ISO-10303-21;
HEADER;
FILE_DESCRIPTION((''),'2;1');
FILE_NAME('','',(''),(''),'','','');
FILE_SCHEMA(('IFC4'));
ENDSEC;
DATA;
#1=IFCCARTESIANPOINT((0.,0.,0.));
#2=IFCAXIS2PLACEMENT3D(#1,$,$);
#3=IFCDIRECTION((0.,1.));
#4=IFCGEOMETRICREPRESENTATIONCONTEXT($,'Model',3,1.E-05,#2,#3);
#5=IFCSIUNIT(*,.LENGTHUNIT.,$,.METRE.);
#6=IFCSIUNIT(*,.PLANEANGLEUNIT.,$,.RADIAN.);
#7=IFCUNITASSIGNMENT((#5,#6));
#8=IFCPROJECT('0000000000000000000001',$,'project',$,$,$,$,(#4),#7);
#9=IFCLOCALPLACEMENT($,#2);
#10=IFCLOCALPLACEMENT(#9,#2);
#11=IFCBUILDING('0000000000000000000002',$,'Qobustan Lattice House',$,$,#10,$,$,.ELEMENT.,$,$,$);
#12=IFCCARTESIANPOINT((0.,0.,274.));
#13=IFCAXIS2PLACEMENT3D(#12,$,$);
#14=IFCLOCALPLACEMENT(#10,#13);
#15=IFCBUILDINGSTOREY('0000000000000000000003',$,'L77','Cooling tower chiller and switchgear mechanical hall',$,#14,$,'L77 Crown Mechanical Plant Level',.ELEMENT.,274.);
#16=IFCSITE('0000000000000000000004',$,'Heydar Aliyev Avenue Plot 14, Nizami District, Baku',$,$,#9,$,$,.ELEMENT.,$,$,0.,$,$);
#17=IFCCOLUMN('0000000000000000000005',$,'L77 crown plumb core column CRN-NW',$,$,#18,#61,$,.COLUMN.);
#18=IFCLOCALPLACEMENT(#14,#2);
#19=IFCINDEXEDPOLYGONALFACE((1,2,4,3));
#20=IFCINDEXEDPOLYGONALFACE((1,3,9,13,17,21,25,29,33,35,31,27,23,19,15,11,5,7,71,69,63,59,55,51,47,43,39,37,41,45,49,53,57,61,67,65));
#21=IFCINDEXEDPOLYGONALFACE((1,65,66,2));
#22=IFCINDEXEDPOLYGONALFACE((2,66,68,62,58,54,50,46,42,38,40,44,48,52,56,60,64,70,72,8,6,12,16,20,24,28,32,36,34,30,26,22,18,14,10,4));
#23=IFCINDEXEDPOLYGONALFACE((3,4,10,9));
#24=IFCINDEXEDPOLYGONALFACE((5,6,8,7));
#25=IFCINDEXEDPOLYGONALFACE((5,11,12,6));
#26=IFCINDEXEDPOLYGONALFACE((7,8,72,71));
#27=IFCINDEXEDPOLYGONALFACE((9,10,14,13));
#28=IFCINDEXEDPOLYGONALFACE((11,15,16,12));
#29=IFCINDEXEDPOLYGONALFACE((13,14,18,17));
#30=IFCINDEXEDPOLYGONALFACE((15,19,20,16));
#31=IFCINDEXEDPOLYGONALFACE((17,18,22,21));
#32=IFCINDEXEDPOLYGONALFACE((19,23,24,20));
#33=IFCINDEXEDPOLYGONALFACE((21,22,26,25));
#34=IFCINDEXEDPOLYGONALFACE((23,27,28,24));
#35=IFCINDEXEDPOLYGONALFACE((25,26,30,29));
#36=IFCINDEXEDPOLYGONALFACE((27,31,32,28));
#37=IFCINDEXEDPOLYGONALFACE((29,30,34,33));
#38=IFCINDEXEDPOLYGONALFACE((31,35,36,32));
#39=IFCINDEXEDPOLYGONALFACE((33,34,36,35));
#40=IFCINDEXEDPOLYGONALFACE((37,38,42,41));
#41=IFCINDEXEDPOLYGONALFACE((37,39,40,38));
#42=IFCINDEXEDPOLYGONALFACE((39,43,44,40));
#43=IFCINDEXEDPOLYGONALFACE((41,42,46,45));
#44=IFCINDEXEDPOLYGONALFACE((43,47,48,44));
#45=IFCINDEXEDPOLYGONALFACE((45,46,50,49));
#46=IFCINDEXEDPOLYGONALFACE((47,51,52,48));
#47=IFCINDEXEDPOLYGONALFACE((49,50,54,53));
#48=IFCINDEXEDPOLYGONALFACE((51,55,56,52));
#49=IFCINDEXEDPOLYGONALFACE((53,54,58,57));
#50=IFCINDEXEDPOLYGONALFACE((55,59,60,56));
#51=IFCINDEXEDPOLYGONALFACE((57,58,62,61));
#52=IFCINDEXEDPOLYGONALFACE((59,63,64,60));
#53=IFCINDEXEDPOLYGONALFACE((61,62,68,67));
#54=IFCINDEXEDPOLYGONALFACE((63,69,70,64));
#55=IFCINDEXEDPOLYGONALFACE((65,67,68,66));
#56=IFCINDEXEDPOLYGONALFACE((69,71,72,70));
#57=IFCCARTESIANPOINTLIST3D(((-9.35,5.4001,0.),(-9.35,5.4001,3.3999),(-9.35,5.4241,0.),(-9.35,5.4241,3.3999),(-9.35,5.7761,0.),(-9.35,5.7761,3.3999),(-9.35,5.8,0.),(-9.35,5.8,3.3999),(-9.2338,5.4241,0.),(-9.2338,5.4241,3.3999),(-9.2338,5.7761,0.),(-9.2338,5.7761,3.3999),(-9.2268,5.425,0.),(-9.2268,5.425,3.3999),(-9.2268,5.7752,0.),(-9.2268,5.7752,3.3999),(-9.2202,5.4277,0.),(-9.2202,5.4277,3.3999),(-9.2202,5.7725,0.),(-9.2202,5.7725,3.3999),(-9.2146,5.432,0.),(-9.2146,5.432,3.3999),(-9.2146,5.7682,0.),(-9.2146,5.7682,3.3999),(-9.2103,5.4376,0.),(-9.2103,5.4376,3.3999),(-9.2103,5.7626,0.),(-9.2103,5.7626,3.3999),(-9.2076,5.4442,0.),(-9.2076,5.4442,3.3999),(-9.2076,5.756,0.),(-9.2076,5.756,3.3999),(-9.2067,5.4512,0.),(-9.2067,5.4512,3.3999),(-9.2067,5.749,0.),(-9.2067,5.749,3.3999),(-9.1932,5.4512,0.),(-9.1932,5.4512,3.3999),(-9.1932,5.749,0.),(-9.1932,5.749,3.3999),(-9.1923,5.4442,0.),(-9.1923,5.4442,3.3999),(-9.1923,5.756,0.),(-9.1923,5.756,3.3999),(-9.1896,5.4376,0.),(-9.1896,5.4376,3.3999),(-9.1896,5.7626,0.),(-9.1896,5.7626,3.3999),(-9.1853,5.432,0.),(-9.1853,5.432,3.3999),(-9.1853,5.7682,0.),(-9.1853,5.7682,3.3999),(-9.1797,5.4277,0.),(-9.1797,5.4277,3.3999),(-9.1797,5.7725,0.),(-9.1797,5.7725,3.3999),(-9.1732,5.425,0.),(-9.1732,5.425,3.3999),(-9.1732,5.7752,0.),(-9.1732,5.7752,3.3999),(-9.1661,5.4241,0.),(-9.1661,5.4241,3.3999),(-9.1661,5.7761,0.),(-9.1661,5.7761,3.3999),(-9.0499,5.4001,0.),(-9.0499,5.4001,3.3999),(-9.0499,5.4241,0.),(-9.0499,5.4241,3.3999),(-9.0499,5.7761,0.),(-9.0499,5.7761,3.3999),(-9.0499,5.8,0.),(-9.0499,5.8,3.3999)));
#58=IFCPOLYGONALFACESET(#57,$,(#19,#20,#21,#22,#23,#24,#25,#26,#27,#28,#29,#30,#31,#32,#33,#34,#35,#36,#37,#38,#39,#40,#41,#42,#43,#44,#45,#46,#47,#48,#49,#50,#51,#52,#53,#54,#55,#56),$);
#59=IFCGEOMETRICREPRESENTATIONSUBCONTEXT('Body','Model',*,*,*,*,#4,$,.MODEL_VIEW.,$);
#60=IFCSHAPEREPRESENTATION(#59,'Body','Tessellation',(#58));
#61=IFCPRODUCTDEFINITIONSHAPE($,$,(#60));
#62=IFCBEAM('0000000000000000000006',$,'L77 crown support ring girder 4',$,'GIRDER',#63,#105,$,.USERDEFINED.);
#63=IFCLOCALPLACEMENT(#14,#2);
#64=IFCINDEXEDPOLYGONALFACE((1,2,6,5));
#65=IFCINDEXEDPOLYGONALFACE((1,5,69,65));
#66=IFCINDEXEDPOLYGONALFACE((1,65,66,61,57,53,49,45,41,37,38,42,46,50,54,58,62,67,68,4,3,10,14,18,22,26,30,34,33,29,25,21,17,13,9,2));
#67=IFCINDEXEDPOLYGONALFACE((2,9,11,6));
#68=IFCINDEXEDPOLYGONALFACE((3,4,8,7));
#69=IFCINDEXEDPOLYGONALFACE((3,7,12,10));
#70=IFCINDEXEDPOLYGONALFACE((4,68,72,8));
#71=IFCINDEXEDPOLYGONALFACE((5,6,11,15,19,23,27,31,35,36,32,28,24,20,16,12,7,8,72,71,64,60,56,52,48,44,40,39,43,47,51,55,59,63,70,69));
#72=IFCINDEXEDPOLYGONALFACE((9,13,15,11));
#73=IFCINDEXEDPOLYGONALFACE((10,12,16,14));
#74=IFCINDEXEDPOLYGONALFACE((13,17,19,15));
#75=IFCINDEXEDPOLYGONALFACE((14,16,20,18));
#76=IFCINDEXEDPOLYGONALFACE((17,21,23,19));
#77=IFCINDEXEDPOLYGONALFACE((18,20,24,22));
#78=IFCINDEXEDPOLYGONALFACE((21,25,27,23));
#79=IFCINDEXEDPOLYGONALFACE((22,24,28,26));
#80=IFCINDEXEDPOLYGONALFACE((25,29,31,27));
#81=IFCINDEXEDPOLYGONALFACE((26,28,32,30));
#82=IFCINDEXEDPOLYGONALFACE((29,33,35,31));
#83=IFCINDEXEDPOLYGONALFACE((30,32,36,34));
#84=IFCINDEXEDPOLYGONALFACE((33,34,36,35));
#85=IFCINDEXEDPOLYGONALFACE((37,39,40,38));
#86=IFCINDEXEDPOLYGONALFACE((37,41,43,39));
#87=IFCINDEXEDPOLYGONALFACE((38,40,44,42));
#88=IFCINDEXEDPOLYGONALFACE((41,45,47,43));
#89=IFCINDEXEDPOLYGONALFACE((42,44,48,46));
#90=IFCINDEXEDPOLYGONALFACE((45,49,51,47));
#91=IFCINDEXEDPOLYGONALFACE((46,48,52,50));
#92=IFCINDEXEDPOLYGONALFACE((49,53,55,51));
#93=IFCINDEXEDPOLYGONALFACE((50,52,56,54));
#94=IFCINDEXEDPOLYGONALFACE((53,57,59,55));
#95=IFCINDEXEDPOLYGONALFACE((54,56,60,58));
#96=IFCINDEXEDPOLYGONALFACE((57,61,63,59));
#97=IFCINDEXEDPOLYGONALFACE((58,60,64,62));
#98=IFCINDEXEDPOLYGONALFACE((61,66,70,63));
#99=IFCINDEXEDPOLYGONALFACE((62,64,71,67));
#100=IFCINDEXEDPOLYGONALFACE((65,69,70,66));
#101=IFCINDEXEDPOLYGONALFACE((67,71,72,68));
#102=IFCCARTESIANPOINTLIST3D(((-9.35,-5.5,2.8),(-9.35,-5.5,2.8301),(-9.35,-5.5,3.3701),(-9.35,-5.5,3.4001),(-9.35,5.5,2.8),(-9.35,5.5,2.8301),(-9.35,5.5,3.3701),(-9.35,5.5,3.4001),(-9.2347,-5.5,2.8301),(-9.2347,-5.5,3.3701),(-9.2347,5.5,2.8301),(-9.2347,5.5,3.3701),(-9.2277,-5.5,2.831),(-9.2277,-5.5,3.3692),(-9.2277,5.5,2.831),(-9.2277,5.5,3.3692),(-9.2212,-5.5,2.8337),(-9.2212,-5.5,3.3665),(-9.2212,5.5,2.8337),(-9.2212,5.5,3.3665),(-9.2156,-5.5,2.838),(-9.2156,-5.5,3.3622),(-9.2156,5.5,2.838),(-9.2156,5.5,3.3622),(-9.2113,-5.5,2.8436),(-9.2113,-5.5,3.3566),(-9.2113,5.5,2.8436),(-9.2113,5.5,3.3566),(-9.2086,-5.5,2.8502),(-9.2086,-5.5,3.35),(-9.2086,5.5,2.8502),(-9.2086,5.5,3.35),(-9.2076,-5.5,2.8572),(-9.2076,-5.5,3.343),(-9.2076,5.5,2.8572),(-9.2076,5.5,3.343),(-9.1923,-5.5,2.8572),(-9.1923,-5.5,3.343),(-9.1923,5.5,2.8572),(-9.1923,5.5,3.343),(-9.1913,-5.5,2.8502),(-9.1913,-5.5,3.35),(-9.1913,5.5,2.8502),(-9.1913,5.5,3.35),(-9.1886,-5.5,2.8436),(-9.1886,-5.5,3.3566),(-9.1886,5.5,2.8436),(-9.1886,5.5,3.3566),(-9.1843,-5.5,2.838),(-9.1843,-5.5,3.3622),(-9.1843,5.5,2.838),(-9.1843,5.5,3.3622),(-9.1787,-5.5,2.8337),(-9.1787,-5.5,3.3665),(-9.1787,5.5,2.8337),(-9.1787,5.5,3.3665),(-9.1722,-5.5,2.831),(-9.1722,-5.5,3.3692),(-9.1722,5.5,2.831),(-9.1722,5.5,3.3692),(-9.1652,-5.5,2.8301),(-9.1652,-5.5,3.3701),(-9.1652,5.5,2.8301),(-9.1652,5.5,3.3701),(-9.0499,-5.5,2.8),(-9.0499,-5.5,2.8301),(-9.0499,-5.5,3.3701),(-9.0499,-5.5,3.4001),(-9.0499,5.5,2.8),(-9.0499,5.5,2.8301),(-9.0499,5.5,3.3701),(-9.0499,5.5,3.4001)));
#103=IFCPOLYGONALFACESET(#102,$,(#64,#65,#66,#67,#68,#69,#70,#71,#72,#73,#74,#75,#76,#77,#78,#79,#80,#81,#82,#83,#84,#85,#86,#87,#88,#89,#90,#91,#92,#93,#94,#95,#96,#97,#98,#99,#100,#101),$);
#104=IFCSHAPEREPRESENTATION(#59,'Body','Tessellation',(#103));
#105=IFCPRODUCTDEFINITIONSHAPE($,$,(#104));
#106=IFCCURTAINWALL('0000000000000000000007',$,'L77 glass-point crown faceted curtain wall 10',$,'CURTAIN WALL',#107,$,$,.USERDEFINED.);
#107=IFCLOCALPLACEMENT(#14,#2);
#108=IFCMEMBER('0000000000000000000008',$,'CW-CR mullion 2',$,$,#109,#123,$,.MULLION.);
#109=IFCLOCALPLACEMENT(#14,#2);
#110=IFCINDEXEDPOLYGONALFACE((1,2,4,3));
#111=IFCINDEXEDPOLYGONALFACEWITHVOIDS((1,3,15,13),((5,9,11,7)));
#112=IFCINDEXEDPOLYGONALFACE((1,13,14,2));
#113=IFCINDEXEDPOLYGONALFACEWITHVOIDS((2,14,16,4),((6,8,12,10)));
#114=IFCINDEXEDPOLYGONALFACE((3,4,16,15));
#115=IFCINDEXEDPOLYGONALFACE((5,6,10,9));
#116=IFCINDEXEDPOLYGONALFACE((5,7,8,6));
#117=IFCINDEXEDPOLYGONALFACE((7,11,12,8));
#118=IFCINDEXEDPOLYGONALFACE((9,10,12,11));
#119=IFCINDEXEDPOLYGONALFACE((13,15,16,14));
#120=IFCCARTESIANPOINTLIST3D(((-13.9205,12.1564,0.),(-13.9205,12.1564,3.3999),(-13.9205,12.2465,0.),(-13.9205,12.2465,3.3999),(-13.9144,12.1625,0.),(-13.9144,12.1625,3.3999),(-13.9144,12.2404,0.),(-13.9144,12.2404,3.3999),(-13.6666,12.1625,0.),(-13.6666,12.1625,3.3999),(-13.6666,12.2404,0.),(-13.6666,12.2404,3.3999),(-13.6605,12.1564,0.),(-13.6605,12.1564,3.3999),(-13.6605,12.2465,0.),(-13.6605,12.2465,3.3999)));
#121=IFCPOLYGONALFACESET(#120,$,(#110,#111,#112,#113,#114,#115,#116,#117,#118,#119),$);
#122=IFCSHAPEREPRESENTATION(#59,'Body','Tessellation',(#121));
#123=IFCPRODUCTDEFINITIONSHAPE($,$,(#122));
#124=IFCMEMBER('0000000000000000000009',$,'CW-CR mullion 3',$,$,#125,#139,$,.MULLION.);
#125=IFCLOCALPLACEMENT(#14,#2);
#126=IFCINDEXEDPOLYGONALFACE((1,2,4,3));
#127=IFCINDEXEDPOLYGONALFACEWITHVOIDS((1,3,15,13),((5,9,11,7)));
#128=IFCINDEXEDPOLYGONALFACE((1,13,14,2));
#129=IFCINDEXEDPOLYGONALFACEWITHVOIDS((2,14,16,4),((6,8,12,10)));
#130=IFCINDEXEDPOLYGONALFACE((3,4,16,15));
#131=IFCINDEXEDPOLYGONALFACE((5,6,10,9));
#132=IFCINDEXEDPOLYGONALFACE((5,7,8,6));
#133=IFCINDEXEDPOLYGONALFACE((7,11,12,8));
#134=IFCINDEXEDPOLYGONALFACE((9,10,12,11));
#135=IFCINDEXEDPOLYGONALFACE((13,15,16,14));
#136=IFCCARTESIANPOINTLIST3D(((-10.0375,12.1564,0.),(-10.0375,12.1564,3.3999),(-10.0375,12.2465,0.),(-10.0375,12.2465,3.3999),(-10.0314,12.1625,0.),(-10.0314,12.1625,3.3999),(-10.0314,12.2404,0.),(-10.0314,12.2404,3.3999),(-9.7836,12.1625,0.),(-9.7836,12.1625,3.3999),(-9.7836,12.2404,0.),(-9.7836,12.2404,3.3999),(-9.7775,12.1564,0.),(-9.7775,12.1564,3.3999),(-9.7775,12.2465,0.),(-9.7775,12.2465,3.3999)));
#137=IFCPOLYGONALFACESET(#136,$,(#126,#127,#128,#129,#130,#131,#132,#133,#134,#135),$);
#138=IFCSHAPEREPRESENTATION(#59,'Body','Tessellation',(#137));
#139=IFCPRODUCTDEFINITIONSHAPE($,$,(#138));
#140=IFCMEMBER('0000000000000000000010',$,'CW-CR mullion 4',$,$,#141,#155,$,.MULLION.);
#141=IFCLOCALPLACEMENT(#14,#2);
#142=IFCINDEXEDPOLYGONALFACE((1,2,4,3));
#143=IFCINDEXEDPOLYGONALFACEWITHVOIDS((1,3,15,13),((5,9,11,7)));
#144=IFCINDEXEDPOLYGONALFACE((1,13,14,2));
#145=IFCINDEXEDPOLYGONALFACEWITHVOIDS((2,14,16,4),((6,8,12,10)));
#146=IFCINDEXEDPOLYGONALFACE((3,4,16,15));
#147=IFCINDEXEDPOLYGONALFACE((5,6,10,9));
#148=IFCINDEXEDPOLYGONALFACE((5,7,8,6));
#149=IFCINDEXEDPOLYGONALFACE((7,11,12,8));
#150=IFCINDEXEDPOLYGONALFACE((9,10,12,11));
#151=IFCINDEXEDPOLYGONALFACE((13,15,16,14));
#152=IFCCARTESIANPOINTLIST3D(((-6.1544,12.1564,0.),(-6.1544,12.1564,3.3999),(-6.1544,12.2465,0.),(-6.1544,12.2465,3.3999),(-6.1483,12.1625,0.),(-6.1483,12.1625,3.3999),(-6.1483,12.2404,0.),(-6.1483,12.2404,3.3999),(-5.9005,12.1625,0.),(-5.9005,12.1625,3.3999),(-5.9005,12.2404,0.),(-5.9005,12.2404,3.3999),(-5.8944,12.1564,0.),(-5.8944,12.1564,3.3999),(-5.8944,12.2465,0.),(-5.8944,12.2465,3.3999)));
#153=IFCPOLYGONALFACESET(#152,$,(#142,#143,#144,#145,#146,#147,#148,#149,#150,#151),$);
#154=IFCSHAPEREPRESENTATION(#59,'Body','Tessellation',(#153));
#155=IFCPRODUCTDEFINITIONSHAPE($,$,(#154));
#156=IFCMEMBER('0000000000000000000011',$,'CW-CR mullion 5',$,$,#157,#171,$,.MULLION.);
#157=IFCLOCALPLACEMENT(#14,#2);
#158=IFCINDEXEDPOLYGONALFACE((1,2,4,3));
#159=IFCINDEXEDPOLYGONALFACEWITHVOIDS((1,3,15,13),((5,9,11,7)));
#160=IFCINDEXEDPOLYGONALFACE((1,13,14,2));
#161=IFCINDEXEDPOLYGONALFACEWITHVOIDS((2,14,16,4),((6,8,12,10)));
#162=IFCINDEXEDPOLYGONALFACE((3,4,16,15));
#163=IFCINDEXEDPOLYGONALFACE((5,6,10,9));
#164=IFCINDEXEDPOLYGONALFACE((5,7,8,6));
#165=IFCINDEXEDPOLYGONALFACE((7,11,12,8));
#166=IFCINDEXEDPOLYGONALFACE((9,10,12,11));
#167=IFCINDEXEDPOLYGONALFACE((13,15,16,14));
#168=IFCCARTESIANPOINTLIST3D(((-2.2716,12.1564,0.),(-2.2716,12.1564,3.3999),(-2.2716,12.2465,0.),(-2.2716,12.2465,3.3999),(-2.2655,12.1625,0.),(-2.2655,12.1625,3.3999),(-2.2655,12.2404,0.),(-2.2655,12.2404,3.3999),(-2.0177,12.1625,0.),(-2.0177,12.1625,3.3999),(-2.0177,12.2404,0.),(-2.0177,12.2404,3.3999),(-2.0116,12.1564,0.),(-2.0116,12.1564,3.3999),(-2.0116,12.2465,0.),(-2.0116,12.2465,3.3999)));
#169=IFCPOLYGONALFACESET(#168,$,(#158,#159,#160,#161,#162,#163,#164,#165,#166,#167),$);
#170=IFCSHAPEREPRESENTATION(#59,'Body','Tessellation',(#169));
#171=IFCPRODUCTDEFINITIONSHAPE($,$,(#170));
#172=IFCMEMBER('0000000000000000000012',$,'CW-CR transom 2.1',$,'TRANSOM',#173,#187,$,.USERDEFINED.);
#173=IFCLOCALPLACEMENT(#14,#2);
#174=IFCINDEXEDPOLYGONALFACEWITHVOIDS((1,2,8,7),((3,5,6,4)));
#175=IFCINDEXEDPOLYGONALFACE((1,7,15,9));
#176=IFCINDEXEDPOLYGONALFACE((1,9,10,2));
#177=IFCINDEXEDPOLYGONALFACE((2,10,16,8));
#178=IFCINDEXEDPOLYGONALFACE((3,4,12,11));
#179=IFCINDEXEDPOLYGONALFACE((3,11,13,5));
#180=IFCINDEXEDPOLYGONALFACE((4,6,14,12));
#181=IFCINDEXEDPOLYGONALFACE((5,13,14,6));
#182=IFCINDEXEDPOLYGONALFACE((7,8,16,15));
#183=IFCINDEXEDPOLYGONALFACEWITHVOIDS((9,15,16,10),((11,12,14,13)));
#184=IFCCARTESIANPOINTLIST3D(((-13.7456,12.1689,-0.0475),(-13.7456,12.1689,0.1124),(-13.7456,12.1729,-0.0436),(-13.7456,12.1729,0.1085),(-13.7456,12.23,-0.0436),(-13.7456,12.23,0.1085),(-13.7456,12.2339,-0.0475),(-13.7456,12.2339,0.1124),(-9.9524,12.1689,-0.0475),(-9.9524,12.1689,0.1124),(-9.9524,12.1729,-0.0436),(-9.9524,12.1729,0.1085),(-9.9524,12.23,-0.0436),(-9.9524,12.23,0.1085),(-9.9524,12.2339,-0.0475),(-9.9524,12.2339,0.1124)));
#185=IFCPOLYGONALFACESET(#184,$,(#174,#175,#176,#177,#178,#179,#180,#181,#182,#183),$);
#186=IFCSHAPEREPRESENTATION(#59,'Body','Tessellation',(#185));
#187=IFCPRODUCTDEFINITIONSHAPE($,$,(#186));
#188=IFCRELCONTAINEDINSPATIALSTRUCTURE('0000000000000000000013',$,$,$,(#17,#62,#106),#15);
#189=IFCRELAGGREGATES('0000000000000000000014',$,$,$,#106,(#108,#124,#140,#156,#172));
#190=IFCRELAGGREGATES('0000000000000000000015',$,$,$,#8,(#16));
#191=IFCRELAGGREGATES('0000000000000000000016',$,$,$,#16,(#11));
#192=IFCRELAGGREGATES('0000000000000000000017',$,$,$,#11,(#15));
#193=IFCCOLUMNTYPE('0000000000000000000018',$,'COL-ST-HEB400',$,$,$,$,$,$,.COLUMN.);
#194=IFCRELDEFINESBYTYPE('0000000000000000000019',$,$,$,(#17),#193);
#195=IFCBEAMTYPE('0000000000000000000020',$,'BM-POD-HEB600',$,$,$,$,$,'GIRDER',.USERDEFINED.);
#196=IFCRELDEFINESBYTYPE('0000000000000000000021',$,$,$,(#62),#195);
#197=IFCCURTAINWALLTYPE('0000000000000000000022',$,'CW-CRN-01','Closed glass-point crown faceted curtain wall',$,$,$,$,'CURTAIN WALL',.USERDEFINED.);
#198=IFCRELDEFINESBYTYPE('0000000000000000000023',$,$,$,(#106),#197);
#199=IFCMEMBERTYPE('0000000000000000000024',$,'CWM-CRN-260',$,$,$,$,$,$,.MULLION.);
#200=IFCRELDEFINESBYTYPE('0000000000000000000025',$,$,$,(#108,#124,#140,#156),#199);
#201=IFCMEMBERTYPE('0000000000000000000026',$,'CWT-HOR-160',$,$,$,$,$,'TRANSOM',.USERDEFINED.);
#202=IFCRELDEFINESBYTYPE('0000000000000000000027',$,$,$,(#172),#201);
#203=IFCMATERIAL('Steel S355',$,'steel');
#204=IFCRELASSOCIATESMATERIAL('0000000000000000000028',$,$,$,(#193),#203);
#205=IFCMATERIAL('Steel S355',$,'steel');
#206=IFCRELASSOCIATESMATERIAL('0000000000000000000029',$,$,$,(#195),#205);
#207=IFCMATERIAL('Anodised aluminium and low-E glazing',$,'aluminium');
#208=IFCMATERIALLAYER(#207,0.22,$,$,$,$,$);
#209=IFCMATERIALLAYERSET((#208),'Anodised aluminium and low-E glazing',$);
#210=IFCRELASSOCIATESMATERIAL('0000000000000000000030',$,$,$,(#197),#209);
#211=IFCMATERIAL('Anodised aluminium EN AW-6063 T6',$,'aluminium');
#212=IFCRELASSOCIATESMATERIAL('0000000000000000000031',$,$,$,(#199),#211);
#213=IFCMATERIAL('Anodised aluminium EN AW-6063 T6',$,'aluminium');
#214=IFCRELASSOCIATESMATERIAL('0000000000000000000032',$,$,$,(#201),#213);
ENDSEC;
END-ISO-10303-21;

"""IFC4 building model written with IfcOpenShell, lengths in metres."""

from ifc_helpers import new_model, si_unit, direction, frame, origin, origin_2d, place, context, subcontext, project, spatial, hollow_rectangle, i_section, extrude, material, layer, layer_set, material_profile, profile_set, type_object, element, aggregate, save


model = new_model("IFC4")

# Units and contexts
model_context = context("Model", 3, precision=1e-05, world=origin(), true_north=direction((0.0, 1.0)))
body_context = subcontext(model_context, "Body", "Model", "MODEL_VIEW")
ifc_project = project(units=[si_unit("LENGTHUNIT", "METRE"), si_unit("PLANEANGLEUNIT", "RADIAN")], contexts=[model_context])

# Site, building, storey
site_placement = place(None, origin())
site = spatial("IfcSite", under=ifc_project, at=site_placement, Name="Heydar Aliyev Avenue Plot 14, Nizami District, Baku", CompositionType="ELEMENT", RefElevation=0.0)
building_placement = place(site_placement, origin())
building = spatial("IfcBuilding", under=site, at=building_placement, Name="Qobustan Lattice House", CompositionType="ELEMENT")
storey_placement = place(building_placement, frame((0.0, 0.0, 274.0)))
storey = spatial("IfcBuildingStorey", under=building, at=storey_placement, Name="L77", Description="Cooling tower chiller and switchgear mechanical hall", LongName="L77 Crown Mechanical Plant Level", CompositionType="ELEMENT", Elevation=274.0)

# Column
ifc_material_1 = material(Name="Steel S355", Category="steel")
ifc_material_profile_1 = material_profile(ifc_material_1, i_section(OverallWidth=0.3, OverallDepth=0.3999, WebThickness=0.0134, FlangeThickness=0.0239, FilletRadius=0.0271, at=origin_2d()), Name="HEB400")
ifc_profile_set_1 = profile_set([ifc_material_profile_1], Name="Steel S355")
column_type = type_object("IfcColumnType", Name="COL-ST-HEB400", PredefinedType="COLUMN", material=ifc_profile_set_1)
column_placement = place(storey_placement, frame((-9.2, 5.6001, 0.0), z_axis=(0.0, 0.0, 1.0), x_axis=(1.0, 0.0, 0.0)))
element("IfcColumn", 1, at=column_placement, inside=storey, type_object=column_type, Name="L77 crown plumb core column CRN-NW", PredefinedType="COLUMN", context=body_context, shape_type="SweptSolid", body=[
    extrude(i_section(OverallWidth=0.3, OverallDepth=0.3999, WebThickness=0.0134, FlangeThickness=0.0239, FilletRadius=0.0271, at=origin_2d()), origin(), (0.0, 0.0, 1.0), 3.3999),
])

# Beam
ifc_material_2 = material(Name="Steel S355", Category="steel")
ifc_material_profile_2 = material_profile(ifc_material_2, i_section(OverallWidth=0.3, OverallDepth=0.6001, WebThickness=0.0154, FlangeThickness=0.03, FilletRadius=0.0271, at=origin_2d()), Name="HEB600")
ifc_profile_set_2 = profile_set([ifc_material_profile_2], Name="Steel S355")
beam_type = type_object("IfcBeamType", Name="BM-POD-HEB600", ElementType="GIRDER", PredefinedType="USERDEFINED", material=ifc_profile_set_2)
beam_placement = place(storey_placement, frame((-9.2, 5.5, 3.1001), z_axis=(0.0, -1.0, 0.0), x_axis=(1.0, 0.0, 0.0)))
element("IfcBeam", 2, at=beam_placement, inside=storey, type_object=beam_type, Name="L77 crown support ring girder 4", ObjectType="GIRDER", PredefinedType="USERDEFINED", context=body_context, shape_type="SweptSolid", body=[
    extrude(i_section(OverallWidth=0.3, OverallDepth=0.6001, WebThickness=0.0154, FlangeThickness=0.03, FilletRadius=0.0271, at=origin_2d()), origin(), (0.0, 0.0, 1.0), 11.0),
])

# Curtain wall, members
ifc_material_3 = material(Name="Anodised aluminium and low-E glazing", Category="aluminium")
ifc_layer_1 = layer(ifc_material_3, 0.22)
ifc_layer_set_1 = layer_set([ifc_layer_1], Name="Anodised aluminium and low-E glazing")
curtain_wall_type = type_object("IfcCurtainWallType", Name="CW-CRN-01", Description="Closed glass-point crown faceted curtain wall", ElementType="CURTAIN WALL", PredefinedType="USERDEFINED", material=ifc_layer_set_1)
curtain_wall_placement = place(storey_placement, origin())
curtain_wall = element("IfcCurtainWall", 3, at=curtain_wall_placement, inside=storey, type_object=curtain_wall_type, Name="L77 glass-point crown faceted curtain wall 10", ObjectType="CURTAIN WALL", PredefinedType="USERDEFINED")
ifc_material_4 = material(Name="Anodised aluminium EN AW-6063 T6", Category="aluminium")
ifc_material_profile_3 = material_profile(ifc_material_4, hollow_rectangle(XDim=0.0901, YDim=0.26, WallThickness=0.0061, at=origin_2d()), Name="CWM-CROWN-260x90")
ifc_profile_set_3 = profile_set([ifc_material_profile_3], Name="Anodised aluminium EN AW-6063 T6")
member_type_1 = type_object("IfcMemberType", Name="CWM-CRN-260", PredefinedType="MULLION", material=ifc_profile_set_3)
member_1_placement = place(storey_placement, frame((-13.7905, 12.2014, 0.0), z_axis=(0.0, 0.0, 1.0), x_axis=(0.0, 1.0, 0.0)))
member_1 = element("IfcMember", 4, at=member_1_placement, type_object=member_type_1, Name="CW-CR mullion 2", PredefinedType="MULLION", context=body_context, shape_type="SweptSolid", body=[
    extrude(hollow_rectangle(XDim=0.0901, YDim=0.26, WallThickness=0.0061, at=origin_2d()), origin(), (0.0, 0.0, 1.0), 3.3999),
])
member_2_placement = place(storey_placement, frame((-9.9075, 12.2014, 0.0), z_axis=(0.0, 0.0, 1.0), x_axis=(0.0, 1.0, 0.0)))
member_2 = element("IfcMember", 5, at=member_2_placement, type_object=member_type_1, Name="CW-CR mullion 3", PredefinedType="MULLION", context=body_context, shape_type="SweptSolid", body=[
    extrude(hollow_rectangle(XDim=0.0901, YDim=0.26, WallThickness=0.0061, at=origin_2d()), origin(), (0.0, 0.0, 1.0), 3.3999),
])
member_3_placement = place(storey_placement, frame((-6.0244, 12.2014, 0.0), z_axis=(0.0, 0.0, 1.0), x_axis=(0.0, 1.0, 0.0)))
member_3 = element("IfcMember", 6, at=member_3_placement, type_object=member_type_1, Name="CW-CR mullion 4", PredefinedType="MULLION", context=body_context, shape_type="SweptSolid", body=[
    extrude(hollow_rectangle(XDim=0.0901, YDim=0.26, WallThickness=0.0061, at=origin_2d()), origin(), (0.0, 0.0, 1.0), 3.3999),
])
member_4_placement = place(storey_placement, frame((-2.1416, 12.2014, 0.0), z_axis=(0.0, 0.0, 1.0), x_axis=(0.0, 1.0, 0.0)))
member_4 = element("IfcMember", 7, at=member_4_placement, type_object=member_type_1, Name="CW-CR mullion 5", PredefinedType="MULLION", context=body_context, shape_type="SweptSolid", body=[
    extrude(hollow_rectangle(XDim=0.0901, YDim=0.26, WallThickness=0.0061, at=origin_2d()), origin(), (0.0, 0.0, 1.0), 3.3999),
])
ifc_material_5 = material(Name="Anodised aluminium EN AW-6063 T6", Category="aluminium")
ifc_material_profile_4 = material_profile(ifc_material_5, hollow_rectangle(XDim=0.0649, YDim=0.1599, WallThickness=0.0039, at=origin_2d()), Name="CWT-160x65")
ifc_profile_set_4 = profile_set([ifc_material_profile_4], Name="Anodised aluminium EN AW-6063 T6")
member_type_2 = type_object("IfcMemberType", Name="CWT-HOR-160", ElementType="TRANSOM", PredefinedType="USERDEFINED", material=ifc_profile_set_4)
member_5_placement = place(storey_placement, frame((-13.7456, 12.2014, 0.0325), z_axis=(1.0, 0.0, 0.0), x_axis=(0.0, 1.0, 0.0)))
member_5 = element("IfcMember", 8, at=member_5_placement, type_object=member_type_2, Name="CW-CR transom 2.1", ObjectType="TRANSOM", PredefinedType="USERDEFINED", context=body_context, shape_type="SweptSolid", body=[
    extrude(hollow_rectangle(XDim=0.0649, YDim=0.1599, WallThickness=0.0039, at=origin_2d()), origin(), (0.0, 0.0, 1.0), 3.7932),
])

aggregate(curtain_wall, [member_1, member_2, member_3, member_4, member_5])

save(model, "model.ifc")
